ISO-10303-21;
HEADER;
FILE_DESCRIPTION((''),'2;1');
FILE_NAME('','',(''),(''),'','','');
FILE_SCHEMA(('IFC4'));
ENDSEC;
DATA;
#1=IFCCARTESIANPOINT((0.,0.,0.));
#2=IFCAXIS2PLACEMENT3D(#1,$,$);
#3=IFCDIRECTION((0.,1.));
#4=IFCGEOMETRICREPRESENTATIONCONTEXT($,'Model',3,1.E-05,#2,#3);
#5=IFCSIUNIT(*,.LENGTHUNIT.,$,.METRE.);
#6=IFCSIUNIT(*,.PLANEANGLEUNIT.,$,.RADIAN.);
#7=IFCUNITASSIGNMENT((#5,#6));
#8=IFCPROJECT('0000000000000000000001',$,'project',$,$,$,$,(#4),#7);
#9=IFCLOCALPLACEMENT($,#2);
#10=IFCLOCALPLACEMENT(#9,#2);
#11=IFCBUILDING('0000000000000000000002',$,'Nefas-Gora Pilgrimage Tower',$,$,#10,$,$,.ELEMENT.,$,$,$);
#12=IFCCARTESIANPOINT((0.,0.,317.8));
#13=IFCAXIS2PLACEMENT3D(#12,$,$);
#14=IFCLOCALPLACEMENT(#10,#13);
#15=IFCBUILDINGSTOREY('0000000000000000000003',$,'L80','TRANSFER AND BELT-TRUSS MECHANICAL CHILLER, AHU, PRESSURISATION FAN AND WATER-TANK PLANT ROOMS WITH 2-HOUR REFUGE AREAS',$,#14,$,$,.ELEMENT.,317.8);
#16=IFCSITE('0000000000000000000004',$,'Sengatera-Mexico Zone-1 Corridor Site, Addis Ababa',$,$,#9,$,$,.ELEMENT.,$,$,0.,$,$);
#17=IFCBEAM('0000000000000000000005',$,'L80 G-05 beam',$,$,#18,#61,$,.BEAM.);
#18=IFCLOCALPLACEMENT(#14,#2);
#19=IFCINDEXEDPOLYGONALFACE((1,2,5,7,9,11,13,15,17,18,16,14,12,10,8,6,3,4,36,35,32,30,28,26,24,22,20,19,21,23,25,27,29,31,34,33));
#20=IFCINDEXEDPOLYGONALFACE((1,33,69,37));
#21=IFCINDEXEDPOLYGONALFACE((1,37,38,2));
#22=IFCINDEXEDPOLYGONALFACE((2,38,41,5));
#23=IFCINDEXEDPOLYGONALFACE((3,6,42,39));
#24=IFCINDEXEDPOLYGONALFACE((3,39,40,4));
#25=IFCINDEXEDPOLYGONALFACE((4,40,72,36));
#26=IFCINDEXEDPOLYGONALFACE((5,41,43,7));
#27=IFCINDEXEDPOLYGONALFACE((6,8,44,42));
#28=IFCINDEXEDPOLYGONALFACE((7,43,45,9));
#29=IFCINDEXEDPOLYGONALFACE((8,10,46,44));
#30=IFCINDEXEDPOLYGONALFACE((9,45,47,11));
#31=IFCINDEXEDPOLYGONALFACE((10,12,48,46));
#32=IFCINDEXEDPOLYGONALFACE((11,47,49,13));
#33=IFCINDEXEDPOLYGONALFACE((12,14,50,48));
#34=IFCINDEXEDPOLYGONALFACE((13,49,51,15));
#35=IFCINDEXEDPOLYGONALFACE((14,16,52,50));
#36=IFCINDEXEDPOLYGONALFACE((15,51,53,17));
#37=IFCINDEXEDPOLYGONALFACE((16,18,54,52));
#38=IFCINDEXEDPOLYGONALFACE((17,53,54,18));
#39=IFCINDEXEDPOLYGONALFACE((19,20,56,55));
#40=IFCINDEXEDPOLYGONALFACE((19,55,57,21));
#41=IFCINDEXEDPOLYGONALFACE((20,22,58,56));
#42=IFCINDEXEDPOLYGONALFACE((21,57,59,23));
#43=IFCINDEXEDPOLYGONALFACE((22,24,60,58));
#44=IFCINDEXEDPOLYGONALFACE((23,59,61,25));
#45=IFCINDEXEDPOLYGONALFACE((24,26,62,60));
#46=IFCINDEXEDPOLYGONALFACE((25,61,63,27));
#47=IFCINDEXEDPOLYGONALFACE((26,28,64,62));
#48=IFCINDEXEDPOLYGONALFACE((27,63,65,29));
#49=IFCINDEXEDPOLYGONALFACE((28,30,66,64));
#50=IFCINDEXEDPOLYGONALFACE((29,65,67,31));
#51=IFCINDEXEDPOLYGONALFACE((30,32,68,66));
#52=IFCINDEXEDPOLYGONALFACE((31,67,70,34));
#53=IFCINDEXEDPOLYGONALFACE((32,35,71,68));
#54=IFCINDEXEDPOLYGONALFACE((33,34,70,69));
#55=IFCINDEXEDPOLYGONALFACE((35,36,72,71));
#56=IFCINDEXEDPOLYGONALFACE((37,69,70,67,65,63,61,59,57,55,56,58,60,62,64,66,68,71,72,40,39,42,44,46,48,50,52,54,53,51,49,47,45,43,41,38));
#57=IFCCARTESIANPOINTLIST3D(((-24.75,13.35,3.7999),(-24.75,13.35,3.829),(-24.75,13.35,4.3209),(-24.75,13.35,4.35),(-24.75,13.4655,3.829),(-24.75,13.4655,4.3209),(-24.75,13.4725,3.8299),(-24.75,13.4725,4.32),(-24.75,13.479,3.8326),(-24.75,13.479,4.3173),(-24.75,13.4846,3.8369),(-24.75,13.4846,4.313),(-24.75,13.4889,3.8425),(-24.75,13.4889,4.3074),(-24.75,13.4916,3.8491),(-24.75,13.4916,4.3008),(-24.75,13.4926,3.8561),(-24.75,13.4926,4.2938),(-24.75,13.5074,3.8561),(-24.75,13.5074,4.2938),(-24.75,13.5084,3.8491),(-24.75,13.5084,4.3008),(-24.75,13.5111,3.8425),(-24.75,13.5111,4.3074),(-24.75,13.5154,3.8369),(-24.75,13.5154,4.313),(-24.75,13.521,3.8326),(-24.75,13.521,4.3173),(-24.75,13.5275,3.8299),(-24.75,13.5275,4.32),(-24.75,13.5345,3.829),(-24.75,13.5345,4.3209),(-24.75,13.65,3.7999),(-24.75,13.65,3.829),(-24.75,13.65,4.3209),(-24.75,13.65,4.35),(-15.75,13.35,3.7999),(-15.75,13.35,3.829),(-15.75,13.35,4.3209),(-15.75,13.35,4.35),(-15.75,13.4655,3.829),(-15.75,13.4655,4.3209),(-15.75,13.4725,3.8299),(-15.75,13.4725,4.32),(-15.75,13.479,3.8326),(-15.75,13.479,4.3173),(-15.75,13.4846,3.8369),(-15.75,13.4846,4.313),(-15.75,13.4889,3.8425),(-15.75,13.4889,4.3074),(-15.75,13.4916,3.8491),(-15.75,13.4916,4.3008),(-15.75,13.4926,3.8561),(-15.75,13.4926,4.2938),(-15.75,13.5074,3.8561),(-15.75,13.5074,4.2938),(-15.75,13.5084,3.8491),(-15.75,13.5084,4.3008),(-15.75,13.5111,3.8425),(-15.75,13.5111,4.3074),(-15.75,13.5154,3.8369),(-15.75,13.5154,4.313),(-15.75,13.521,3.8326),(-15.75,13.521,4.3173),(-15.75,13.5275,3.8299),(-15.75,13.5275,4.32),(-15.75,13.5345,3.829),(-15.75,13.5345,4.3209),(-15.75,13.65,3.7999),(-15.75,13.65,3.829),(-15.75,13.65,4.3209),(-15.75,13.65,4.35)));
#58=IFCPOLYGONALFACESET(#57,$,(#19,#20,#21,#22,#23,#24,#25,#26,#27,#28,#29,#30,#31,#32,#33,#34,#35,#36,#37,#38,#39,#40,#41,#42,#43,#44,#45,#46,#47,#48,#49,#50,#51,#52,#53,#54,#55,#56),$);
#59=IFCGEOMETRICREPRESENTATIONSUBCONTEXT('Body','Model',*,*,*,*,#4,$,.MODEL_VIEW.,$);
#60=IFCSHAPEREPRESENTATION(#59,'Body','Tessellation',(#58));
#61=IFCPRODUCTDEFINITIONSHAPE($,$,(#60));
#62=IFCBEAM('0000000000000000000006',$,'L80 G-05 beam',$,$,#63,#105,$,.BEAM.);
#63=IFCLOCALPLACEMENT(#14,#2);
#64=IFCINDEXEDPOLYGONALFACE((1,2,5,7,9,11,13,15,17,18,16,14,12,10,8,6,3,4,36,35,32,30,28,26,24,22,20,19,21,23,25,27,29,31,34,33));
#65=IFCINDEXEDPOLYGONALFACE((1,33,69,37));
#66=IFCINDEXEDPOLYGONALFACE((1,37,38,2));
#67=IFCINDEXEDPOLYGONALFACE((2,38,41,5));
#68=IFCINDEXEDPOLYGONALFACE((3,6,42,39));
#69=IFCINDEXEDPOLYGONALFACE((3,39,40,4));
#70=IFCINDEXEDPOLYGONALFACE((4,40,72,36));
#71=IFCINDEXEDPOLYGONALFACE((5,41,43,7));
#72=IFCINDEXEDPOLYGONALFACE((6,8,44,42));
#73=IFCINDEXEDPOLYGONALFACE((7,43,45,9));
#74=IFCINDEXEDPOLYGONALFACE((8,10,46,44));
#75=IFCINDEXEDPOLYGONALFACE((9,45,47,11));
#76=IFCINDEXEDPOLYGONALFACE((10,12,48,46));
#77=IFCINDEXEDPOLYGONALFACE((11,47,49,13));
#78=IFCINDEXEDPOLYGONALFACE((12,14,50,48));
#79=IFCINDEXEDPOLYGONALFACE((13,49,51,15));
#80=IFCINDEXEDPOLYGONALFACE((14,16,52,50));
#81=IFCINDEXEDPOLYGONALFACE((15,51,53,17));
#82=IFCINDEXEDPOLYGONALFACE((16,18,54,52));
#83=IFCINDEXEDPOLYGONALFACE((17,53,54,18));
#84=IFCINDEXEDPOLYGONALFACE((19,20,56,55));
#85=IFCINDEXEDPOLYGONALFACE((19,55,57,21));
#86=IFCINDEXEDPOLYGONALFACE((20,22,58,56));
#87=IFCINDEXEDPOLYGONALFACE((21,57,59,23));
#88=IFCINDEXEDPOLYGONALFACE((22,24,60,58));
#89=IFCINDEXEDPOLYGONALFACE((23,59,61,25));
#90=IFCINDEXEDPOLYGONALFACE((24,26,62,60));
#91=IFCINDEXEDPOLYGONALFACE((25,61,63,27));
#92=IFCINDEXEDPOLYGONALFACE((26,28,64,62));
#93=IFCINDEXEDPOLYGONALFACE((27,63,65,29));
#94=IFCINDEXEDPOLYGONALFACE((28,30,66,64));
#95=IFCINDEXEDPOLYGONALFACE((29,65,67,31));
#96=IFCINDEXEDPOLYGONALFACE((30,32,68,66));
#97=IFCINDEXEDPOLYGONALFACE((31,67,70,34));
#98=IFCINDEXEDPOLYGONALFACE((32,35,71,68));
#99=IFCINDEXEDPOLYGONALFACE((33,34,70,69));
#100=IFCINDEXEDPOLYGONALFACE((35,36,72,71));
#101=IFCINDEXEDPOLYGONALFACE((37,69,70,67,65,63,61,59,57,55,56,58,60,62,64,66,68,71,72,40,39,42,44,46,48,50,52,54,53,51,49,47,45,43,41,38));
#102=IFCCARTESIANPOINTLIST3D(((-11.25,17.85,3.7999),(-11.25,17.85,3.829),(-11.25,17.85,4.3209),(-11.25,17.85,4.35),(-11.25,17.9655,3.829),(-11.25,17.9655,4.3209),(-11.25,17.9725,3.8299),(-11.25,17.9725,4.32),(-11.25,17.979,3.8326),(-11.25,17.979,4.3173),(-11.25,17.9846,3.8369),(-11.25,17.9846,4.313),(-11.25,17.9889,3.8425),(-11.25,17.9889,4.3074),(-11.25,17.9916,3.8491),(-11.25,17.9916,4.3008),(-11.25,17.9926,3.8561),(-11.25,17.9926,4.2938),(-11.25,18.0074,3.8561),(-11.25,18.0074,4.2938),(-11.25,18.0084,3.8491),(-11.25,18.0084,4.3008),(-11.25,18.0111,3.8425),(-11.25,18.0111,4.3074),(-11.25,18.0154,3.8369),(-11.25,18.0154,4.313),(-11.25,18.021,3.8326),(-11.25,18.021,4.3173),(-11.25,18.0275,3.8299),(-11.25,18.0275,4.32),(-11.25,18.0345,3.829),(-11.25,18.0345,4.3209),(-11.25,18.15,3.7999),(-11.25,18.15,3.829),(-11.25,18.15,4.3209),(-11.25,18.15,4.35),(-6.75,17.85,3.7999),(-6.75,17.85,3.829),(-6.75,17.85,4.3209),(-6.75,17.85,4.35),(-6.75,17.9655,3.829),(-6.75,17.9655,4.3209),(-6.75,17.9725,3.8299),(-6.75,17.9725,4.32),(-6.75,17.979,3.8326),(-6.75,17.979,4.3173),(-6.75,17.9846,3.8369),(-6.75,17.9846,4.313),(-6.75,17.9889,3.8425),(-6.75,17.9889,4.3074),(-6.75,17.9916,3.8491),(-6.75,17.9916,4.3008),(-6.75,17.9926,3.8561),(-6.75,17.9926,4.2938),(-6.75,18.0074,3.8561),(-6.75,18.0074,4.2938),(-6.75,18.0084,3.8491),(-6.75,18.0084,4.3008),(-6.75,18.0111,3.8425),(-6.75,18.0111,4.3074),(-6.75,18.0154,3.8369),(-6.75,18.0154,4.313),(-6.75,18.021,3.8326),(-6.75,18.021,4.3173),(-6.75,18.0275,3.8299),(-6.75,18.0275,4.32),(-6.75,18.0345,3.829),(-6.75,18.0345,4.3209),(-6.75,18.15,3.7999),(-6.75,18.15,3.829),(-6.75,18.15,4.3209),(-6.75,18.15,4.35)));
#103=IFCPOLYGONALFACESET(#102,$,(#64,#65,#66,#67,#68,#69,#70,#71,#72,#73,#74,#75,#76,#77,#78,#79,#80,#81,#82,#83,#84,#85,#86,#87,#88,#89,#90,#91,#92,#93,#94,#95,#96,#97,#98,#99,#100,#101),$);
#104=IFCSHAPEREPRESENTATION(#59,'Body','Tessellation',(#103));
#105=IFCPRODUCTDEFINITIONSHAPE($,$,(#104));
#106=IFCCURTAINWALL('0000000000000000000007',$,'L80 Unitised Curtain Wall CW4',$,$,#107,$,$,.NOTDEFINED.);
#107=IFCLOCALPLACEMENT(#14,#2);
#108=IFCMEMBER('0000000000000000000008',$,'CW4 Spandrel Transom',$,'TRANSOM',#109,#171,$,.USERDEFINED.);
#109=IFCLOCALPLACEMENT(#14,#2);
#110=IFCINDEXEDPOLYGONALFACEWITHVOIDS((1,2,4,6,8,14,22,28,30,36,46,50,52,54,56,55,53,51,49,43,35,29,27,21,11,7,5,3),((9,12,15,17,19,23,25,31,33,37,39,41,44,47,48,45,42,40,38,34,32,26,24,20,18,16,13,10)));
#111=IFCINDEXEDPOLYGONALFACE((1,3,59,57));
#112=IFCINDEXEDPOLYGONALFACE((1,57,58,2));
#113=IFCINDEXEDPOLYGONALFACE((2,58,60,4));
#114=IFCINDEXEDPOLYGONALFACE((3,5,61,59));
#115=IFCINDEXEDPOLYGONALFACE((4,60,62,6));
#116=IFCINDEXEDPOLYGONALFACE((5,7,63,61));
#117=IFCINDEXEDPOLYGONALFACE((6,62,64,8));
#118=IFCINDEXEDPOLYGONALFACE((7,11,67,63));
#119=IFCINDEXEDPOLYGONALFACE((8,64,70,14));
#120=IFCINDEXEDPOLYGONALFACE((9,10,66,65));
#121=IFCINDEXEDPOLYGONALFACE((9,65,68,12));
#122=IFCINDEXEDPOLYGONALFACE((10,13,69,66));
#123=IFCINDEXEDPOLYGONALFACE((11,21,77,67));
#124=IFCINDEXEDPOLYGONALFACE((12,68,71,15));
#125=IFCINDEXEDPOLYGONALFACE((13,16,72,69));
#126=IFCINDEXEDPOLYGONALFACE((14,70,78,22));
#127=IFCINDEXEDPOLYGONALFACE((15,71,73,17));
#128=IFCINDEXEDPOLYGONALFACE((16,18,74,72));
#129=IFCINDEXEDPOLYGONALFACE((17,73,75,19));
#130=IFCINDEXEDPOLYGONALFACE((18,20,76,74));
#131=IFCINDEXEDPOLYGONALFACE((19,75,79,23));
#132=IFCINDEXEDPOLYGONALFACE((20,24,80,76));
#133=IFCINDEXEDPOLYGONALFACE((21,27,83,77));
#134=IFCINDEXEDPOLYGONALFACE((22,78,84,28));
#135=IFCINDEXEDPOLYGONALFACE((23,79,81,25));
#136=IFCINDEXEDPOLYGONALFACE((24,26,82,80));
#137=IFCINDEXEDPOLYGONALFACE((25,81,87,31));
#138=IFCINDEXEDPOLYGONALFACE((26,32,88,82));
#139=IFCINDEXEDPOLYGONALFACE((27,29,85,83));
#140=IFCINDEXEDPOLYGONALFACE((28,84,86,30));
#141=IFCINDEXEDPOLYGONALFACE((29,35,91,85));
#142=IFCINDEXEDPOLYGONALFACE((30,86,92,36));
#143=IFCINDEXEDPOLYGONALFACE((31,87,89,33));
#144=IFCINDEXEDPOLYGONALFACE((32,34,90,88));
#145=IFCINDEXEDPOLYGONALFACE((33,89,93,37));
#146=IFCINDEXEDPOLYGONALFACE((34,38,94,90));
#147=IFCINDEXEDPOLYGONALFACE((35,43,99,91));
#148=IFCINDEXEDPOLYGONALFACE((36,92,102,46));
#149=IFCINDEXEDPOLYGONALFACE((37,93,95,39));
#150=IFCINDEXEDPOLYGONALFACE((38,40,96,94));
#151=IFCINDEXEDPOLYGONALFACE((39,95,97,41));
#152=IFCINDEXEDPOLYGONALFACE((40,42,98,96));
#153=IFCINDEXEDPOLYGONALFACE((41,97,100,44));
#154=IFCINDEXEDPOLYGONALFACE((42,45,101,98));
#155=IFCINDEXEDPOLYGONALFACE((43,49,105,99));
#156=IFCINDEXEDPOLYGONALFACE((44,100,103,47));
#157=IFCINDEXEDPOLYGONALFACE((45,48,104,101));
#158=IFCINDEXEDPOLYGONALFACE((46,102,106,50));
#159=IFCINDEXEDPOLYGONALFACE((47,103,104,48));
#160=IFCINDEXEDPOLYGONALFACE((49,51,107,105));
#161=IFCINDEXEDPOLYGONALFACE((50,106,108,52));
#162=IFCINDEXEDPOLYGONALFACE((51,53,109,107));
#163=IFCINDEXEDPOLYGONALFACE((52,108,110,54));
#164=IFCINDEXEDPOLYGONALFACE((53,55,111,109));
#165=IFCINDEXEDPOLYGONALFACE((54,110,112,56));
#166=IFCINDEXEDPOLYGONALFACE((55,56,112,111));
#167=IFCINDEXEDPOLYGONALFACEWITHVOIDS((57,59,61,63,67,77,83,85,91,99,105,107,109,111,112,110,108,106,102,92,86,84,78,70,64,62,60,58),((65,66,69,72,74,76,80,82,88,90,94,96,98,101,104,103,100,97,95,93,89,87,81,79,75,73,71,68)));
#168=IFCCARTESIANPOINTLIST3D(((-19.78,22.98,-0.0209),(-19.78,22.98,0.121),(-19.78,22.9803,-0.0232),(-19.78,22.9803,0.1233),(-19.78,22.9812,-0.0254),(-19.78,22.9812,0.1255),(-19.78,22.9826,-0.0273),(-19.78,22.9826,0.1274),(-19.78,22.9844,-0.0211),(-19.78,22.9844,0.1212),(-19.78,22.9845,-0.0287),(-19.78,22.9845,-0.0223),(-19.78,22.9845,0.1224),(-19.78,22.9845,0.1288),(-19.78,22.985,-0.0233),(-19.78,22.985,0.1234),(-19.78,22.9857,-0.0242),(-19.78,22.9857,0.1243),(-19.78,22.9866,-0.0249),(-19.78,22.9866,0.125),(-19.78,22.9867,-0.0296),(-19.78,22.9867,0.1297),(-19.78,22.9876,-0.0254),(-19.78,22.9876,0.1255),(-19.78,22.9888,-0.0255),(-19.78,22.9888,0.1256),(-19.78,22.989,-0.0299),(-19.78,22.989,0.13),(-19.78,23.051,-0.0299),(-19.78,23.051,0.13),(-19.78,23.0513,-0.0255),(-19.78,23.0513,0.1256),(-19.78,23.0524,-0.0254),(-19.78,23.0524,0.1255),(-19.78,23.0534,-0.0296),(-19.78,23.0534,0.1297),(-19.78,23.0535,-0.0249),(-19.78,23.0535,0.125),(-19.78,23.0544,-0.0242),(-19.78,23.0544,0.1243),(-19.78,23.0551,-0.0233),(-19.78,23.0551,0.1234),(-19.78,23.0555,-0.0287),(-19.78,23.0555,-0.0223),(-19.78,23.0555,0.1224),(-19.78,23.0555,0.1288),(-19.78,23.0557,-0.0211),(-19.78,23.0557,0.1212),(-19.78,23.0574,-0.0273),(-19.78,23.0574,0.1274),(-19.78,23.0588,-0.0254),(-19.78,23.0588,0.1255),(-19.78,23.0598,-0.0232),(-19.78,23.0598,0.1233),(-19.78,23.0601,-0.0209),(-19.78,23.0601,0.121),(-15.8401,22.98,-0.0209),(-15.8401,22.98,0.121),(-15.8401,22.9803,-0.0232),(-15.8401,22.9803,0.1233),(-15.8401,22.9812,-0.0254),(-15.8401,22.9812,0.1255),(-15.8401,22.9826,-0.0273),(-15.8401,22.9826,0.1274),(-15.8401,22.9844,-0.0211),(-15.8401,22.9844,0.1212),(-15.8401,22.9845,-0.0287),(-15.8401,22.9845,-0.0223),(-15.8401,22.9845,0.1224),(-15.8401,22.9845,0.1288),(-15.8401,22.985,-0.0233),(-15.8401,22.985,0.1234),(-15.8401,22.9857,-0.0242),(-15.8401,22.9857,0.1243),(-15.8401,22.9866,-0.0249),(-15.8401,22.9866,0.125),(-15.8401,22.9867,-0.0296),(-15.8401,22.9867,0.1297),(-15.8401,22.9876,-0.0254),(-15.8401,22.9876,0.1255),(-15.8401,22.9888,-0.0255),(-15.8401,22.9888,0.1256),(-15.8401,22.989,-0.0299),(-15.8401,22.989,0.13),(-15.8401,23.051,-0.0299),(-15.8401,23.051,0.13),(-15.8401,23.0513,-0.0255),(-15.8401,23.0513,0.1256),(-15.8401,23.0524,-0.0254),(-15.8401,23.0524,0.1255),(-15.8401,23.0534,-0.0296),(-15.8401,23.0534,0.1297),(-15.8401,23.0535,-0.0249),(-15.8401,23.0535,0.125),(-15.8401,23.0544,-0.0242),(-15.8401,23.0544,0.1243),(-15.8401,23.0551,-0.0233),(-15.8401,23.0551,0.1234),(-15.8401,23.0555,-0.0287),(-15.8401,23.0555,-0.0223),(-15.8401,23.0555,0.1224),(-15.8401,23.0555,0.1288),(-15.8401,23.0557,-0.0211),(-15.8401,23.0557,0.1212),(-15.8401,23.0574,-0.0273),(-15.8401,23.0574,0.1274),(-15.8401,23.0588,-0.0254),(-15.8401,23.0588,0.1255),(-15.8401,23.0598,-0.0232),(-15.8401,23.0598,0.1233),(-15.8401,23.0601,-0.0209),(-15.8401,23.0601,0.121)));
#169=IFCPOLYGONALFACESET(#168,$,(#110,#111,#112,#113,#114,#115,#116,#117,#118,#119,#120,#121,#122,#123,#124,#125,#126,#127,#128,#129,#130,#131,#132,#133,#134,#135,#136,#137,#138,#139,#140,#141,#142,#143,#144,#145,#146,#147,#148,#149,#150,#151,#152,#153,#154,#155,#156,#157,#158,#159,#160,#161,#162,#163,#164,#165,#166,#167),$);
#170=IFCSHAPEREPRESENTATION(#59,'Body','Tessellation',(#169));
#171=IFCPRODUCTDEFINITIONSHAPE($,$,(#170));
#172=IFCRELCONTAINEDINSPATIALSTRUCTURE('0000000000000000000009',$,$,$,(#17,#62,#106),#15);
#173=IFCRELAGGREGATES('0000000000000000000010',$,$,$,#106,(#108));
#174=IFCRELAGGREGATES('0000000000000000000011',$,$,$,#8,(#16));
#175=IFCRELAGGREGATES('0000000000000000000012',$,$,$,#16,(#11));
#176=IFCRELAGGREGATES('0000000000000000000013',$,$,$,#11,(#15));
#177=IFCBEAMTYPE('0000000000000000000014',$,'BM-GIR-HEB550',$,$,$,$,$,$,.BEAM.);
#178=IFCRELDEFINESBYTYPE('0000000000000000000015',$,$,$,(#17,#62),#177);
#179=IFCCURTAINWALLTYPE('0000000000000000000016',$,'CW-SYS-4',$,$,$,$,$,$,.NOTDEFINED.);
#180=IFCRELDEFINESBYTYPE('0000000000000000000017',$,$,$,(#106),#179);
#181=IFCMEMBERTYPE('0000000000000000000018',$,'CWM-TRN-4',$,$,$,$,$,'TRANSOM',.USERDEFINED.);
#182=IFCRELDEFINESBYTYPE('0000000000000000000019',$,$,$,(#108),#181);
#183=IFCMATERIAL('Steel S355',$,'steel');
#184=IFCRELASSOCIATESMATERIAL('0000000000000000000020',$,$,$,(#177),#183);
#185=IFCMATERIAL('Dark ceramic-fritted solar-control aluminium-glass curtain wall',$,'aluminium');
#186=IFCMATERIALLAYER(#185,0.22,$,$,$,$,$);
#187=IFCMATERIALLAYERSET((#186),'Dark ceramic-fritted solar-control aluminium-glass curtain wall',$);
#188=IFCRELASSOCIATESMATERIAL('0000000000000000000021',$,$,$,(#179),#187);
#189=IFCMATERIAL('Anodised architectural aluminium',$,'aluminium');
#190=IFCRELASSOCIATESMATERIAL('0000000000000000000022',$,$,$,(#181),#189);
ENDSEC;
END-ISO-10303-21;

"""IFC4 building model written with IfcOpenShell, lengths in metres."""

from ifc_helpers import new_model, si_unit, direction, frame, origin, origin_2d, place, context, subcontext, project, spatial, hollow_rectangle, i_section, extrude, source, transform, mapped, material, layer, layer_set, material_profile, profile_set, type_object, element, aggregate, save


model = new_model("IFC4")

# Units and contexts
model_context = context("Model", 3, precision=1e-05, world=origin(), true_north=direction((0.0, 1.0)))
body_context = subcontext(model_context, "Body", "Model", "MODEL_VIEW")
ifc_project = project(units=[si_unit("LENGTHUNIT", "METRE"), si_unit("PLANEANGLEUNIT", "RADIAN")], contexts=[model_context])

# Site, building, storey
site_placement = place(None, origin())
site = spatial("IfcSite", under=ifc_project, at=site_placement, Name="Sengatera-Mexico Zone-1 Corridor Site, Addis Ababa", CompositionType="ELEMENT", RefElevation=0.0)
building_placement = place(site_placement, origin())
building = spatial("IfcBuilding", under=site, at=building_placement, Name="Nefas-Gora Pilgrimage Tower", CompositionType="ELEMENT")
storey_placement = place(building_placement, frame((0.0, 0.0, 317.8)))
storey = spatial("IfcBuildingStorey", under=building, at=storey_placement, Name="L80", Description="TRANSFER AND BELT-TRUSS MECHANICAL CHILLER, AHU, PRESSURISATION FAN AND WATER-TANK PLANT ROOMS WITH 2-HOUR REFUGE AREAS", CompositionType="ELEMENT", Elevation=317.8)

# Shared definitions
ifc_material_1 = material(Name="Steel S355", Category="steel")

# Beams
ifc_material_profile_1 = material_profile(ifc_material_1, i_section(OverallWidth=0.3, OverallDepth=0.55, WebThickness=0.0149, FlangeThickness=0.0291, FilletRadius=0.0271, at=origin_2d()), Name="HEB 550")
ifc_profile_set_1 = profile_set([ifc_material_profile_1], Name="Steel S355")
beam_type = type_object("IfcBeamType", Name="BM-GIR-HEB550", PredefinedType="BEAM", material=ifc_profile_set_1)
shared_shape_1 = source(origin(), body_context, "Body", "SweptSolid", [
    extrude(i_section(OverallWidth=0.3, OverallDepth=0.55, WebThickness=0.0149, FlangeThickness=0.0291, FilletRadius=0.0271, at=origin_2d()), origin(), (0.0, 0.0, 1.0), 9.0),
])
beam_1_placement = place(storey_placement, frame((-24.75, 13.5, 4.075), z_axis=(1.0, 0.0, 0.0), x_axis=(0.0, 1.0, 0.0)))
element("IfcBeam", 1, at=beam_1_placement, inside=storey, type_object=beam_type, Name="L80 G-05 beam", PredefinedType="BEAM", context=body_context, shape_type="MappedRepresentation", body=[
    mapped(shared_shape_1, transform((0.0, 0.0, 0.0), x_axis=(1.0, 0.0, 0.0), y_axis=(0.0, 1.0, 0.0), z_axis=(0.0, 0.0, 1.0), scale=1.0)),
])
shared_shape_2 = source(origin(), body_context, "Body", "SweptSolid", [
    extrude(i_section(OverallWidth=0.3, OverallDepth=0.55, WebThickness=0.0149, FlangeThickness=0.0291, FilletRadius=0.0271, at=origin_2d()), origin(), (0.0, 0.0, 1.0), 4.5),
])
beam_2_placement = place(storey_placement, frame((-11.25, 18.0, 4.075), z_axis=(1.0, 0.0, 0.0), x_axis=(0.0, 1.0, 0.0)))
element("IfcBeam", 2, at=beam_2_placement, inside=storey, type_object=beam_type, Name="L80 G-05 beam", PredefinedType="BEAM", context=body_context, shape_type="MappedRepresentation", body=[
    mapped(shared_shape_2, transform((0.0, 0.0, 0.0), x_axis=(1.0, 0.0, 0.0), y_axis=(0.0, 1.0, 0.0), z_axis=(0.0, 0.0, 1.0), scale=1.0)),
])

# Curtain wall, member
ifc_material_2 = material(Name="Dark ceramic-fritted solar-control aluminium-glass curtain wall", Category="aluminium")
ifc_layer_1 = layer(ifc_material_2, 0.22)
ifc_layer_set_1 = layer_set([ifc_layer_1], Name="Dark ceramic-fritted solar-control aluminium-glass curtain wall")
curtain_wall_type_1 = type_object("IfcCurtainWallType", Name="CW-SYS-4", PredefinedType="NOTDEFINED", material=ifc_layer_set_1)
curtain_wall_1_placement = place(storey_placement, origin())
curtain_wall_1 = element("IfcCurtainWall", 3, at=curtain_wall_1_placement, inside=storey, type_object=curtain_wall_type_1, Name="L80 Unitised Curtain Wall CW4", PredefinedType="NOTDEFINED")
ifc_material_3 = material(Name="Anodised architectural aluminium", Category="aluminium")
ifc_material_profile_2 = material_profile(ifc_material_3, hollow_rectangle(XDim=0.0801, YDim=0.1599, WallThickness=0.0044, InnerFilletRadius=0.0044, OuterFilletRadius=0.009, at=origin_2d()), Name="ALU TRANSOM 80x160")
ifc_profile_set_2 = profile_set([ifc_material_profile_2], Name="Anodised architectural aluminium")
member_type_1 = type_object("IfcMemberType", Name="CWM-TRN-4", ElementType="TRANSOM", PredefinedType="USERDEFINED", material=ifc_profile_set_2)
shared_shape_3 = source(origin(), body_context, "Body", "SweptSolid", [
    extrude(hollow_rectangle(XDim=0.0801, YDim=0.1599, WallThickness=0.0044, InnerFilletRadius=0.0044, OuterFilletRadius=0.009, at=origin_2d()), origin(), (0.0, 0.0, 1.0), 3.9399),
])
member_1_placement = place(storey_placement, frame((-15.8401, 23.02, 0.05), z_axis=(-1.0, 0.0, 0.0), x_axis=(0.0, -1.0, 0.0)))
member_1 = element("IfcMember", 4, at=member_1_placement, type_object=member_type_1, Name="CW4 Spandrel Transom", ObjectType="TRANSOM", PredefinedType="USERDEFINED", context=body_context, shape_type="MappedRepresentation", body=[
    mapped(shared_shape_3, transform((0.0, 0.0, 0.0), x_axis=(1.0, 0.0, 0.0), y_axis=(0.0, 1.0, 0.0), z_axis=(0.0, 0.0, 1.0), scale=1.0)),
])

aggregate(curtain_wall_1, [member_1])

save(model, "model.ifc")
